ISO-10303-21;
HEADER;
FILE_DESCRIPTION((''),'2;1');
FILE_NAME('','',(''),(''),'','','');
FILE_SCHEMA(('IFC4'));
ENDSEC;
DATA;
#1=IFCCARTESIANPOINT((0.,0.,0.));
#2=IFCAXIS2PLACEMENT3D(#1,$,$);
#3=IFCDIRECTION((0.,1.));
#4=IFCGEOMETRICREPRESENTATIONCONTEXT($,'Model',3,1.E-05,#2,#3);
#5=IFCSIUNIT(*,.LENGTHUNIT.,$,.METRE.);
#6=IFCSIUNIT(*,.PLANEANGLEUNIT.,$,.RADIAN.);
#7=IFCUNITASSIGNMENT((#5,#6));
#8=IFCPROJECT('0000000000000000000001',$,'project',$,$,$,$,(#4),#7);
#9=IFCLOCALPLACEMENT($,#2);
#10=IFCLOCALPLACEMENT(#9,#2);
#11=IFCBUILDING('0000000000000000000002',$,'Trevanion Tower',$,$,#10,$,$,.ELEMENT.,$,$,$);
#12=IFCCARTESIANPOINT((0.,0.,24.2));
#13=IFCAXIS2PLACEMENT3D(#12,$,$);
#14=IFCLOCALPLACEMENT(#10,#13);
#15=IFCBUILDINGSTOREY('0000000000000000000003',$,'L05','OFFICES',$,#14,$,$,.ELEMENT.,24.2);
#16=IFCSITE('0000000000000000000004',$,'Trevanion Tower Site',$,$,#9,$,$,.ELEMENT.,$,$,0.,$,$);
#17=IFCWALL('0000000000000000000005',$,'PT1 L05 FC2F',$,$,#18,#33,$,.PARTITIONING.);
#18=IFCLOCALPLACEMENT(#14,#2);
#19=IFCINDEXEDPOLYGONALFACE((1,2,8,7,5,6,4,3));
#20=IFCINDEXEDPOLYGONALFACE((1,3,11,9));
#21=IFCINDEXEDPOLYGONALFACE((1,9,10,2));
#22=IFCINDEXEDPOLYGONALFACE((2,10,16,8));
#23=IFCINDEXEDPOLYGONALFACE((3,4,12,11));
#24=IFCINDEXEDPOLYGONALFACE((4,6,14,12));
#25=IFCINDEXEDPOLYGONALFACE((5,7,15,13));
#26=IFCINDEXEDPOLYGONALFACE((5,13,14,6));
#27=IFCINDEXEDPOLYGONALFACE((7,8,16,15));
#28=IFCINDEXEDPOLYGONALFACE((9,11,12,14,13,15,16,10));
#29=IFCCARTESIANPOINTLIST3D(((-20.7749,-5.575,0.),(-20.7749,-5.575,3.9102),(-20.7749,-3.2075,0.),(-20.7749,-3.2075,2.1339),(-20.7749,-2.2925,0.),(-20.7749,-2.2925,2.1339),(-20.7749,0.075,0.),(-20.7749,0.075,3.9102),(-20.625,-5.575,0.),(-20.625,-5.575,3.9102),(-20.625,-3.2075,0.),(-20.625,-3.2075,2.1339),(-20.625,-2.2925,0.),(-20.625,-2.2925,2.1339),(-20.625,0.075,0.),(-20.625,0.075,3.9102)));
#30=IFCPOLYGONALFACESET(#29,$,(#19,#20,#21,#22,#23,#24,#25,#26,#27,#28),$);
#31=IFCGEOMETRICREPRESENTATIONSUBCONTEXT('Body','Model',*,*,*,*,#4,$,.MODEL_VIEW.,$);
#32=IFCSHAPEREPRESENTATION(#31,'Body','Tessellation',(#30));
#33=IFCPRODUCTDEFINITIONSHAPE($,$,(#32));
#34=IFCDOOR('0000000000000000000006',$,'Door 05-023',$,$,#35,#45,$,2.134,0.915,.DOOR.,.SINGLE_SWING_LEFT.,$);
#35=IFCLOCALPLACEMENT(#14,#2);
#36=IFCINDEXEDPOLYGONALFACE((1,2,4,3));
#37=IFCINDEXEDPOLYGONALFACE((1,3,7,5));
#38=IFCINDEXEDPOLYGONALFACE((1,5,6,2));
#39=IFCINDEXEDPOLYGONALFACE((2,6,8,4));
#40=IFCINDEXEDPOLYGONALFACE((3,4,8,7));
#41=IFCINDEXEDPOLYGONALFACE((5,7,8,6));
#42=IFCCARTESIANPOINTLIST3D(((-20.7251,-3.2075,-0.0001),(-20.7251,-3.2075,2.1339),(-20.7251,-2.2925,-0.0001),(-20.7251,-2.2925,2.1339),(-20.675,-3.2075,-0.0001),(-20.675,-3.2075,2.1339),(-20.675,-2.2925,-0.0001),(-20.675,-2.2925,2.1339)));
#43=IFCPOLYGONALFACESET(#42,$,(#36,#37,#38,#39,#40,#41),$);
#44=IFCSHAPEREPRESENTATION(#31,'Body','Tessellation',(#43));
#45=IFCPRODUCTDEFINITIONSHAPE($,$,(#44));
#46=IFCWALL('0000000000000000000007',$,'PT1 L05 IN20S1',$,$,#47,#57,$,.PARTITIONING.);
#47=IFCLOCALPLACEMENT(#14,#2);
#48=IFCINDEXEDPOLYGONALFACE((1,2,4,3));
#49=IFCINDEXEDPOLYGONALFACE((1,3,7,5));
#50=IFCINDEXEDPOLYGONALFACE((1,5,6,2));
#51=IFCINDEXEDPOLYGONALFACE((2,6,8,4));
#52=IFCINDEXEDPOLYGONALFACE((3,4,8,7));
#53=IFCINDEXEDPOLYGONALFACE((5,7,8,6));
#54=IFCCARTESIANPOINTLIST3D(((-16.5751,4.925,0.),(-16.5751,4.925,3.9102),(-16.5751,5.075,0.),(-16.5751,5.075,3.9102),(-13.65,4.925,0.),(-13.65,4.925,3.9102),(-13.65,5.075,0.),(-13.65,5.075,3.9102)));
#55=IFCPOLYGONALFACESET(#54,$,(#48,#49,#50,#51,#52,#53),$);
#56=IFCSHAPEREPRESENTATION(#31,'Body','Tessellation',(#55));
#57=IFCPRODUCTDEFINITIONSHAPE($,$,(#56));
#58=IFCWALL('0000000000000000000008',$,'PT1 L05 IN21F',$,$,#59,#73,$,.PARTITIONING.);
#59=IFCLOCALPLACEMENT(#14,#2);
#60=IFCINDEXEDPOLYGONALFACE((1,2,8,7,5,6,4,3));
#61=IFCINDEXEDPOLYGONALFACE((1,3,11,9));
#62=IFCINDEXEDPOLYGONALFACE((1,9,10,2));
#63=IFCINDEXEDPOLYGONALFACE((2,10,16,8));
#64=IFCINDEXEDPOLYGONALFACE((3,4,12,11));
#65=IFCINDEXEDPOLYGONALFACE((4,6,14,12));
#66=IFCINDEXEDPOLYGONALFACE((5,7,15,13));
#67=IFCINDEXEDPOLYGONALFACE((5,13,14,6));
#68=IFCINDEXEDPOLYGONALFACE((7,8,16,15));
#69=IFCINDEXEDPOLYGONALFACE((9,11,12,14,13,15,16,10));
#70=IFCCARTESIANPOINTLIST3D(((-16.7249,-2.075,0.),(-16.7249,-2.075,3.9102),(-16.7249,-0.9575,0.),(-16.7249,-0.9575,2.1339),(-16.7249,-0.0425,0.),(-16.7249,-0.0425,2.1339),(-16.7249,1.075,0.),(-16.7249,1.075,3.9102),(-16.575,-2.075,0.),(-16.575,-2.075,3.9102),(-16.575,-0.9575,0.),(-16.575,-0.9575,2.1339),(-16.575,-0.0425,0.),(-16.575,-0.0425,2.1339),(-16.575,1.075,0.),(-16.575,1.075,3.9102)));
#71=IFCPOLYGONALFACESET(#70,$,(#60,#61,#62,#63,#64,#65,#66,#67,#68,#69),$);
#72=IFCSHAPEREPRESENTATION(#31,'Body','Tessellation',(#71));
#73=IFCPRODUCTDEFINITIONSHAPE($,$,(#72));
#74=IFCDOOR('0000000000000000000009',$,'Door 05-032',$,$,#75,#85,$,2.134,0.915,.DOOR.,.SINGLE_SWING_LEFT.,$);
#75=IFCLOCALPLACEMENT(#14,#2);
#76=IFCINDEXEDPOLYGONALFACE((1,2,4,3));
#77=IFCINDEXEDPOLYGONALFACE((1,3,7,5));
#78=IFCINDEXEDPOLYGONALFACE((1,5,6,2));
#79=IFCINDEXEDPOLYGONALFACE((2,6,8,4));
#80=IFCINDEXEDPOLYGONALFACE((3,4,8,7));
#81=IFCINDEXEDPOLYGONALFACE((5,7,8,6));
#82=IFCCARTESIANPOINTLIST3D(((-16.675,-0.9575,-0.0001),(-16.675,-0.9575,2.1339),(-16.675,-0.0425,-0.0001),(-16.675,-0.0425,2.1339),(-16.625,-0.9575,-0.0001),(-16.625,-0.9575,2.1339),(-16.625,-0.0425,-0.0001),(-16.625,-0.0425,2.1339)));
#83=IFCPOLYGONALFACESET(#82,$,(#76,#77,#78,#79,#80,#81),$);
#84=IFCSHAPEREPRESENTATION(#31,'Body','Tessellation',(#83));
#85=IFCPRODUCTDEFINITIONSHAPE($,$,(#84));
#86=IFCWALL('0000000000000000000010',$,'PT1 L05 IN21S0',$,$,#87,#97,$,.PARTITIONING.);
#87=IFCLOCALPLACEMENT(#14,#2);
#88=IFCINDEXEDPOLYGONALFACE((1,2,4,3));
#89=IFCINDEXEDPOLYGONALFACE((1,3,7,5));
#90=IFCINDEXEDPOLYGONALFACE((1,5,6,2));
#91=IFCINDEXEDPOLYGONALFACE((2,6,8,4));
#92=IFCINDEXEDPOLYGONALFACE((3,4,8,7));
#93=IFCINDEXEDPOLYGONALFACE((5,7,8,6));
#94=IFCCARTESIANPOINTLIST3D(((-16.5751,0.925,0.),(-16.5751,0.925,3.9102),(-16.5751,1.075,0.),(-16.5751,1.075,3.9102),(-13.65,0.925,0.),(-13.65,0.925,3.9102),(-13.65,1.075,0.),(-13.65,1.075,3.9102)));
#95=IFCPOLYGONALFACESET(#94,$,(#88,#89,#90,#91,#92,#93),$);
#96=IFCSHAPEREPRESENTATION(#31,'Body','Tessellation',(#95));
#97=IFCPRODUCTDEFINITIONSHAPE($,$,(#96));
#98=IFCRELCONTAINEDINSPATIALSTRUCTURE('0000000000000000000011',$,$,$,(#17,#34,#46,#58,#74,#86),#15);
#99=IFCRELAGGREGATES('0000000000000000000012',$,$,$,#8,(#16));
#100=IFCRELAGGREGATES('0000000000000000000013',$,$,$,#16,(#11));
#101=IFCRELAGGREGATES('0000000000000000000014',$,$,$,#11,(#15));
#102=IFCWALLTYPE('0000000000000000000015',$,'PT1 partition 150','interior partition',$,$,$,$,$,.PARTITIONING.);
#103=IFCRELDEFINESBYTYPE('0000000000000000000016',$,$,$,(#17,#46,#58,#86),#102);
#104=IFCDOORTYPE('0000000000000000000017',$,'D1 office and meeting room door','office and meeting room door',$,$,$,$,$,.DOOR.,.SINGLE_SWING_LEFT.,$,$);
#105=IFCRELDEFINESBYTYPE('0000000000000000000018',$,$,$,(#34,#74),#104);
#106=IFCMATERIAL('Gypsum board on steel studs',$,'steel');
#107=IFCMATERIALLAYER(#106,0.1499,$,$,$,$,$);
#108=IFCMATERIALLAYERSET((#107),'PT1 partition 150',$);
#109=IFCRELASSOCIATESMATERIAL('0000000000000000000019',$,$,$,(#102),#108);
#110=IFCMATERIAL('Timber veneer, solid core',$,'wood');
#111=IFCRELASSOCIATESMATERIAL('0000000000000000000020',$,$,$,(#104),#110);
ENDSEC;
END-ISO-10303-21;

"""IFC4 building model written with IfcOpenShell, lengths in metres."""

from ifc_helpers import new_model, si_unit, direction, frame, frame_2d, origin, place, context, subcontext, project, spatial, rectangle, extrude, material, layer, layer_set, type_object, element, fill, save


model = new_model("IFC4")

# Units and contexts
model_context = context("Model", 3, precision=1e-05, world=origin(), true_north=direction((0.0, 1.0)))
body_context = subcontext(model_context, "Body", "Model", "MODEL_VIEW")
ifc_project = project(units=[si_unit("LENGTHUNIT", "METRE"), si_unit("PLANEANGLEUNIT", "RADIAN")], contexts=[model_context])

# Site, building, storey
site_placement = place(None, origin())
site = spatial("IfcSite", under=ifc_project, at=site_placement, Name="Trevanion Tower Site", CompositionType="ELEMENT", RefElevation=0.0)
building_placement = place(site_placement, origin())
building = spatial("IfcBuilding", under=site, at=building_placement, Name="Trevanion Tower", CompositionType="ELEMENT")
storey_placement = place(building_placement, frame((0.0, 0.0, 24.2)))
storey = spatial("IfcBuildingStorey", under=building, at=storey_placement, Name="L05", Description="OFFICES", CompositionType="ELEMENT", Elevation=24.2)

# Wall, opening, door
ifc_material_1 = material(Name="Gypsum board on steel studs", Category="steel")
ifc_layer_1 = layer(ifc_material_1, 0.1499)
ifc_layer_set_1 = layer_set([ifc_layer_1], Name="PT1 partition 150")
wall_type = type_object("IfcWallType", Name="PT1 partition 150", Description="interior partition", PredefinedType="PARTITIONING", material=ifc_layer_set_1)
wall_1_placement = place(storey_placement, frame((-20.7, 0.075, 0.0), z_axis=(0.0, 0.0, 1.0), x_axis=(0.0, -1.0, 0.0)))
wall_1 = element("IfcWall", 1, at=wall_1_placement, inside=storey, type_object=wall_type, Name="PT1 L05 FC2F", PredefinedType="PARTITIONING", context=body_context, shape_type="SweptSolid", body=[
    extrude(rectangle(XDim=5.6499, YDim=0.1499, at=frame_2d((2.825, 0.0))), origin(), (0.0, 0.0, 1.0), 3.9102),
])
opening_1_placement = place(wall_1_placement, frame((2.3674, 0.0, 0.0)))
opening_1 = element("IfcOpeningElement", 2, at=opening_1_placement, cuts=wall_1, PredefinedType="OPENING", context=body_context, shape_type="SweptSolid", body=[
    extrude(rectangle(XDim=0.915, YDim=2.134, at=frame_2d((0.4575, 1.0669))), frame((0.0, 0.085, 0.0), z_axis=(0.0, -1.0, 0.0), x_axis=(1.0, 0.0, 0.0)), (0.0, 0.0, 1.0), 0.1699),
])
ifc_material_2 = material(Name="Timber veneer, solid core", Category="wood")
door_type = type_object("IfcDoorType", Name="D1 office and meeting room door", Description="office and meeting room door", OperationType="SINGLE_SWING_LEFT", PredefinedType="DOOR", material=ifc_material_2)
door_1_placement = place(opening_1_placement, origin())
door_1 = element("IfcDoor", 3, at=door_1_placement, inside=storey, type_object=door_type, Name="Door 05-023", OperationType="SINGLE_SWING_LEFT", OverallHeight=2.134, OverallWidth=0.915, PredefinedType="DOOR", context=body_context, shape_type="SweptSolid", body=[
    extrude(rectangle(XDim=0.915, YDim=2.134, at=frame_2d((0.4575, 1.0669))), frame((0.0, 0.0249, 0.0), z_axis=(0.0, -1.0, 0.0), x_axis=(1.0, 0.0, 0.0)), (0.0, 0.0, 1.0), 0.05),
])
fill(opening_1, door_1)

# Wall
wall_2_placement = place(storey_placement, frame((-16.575, 5.0, 0.0), z_axis=(0.0, 0.0, 1.0), x_axis=(1.0, 0.0, 0.0)))
element("IfcWall", 4, at=wall_2_placement, inside=storey, type_object=wall_type, Name="PT1 L05 IN20S1", PredefinedType="PARTITIONING", context=body_context, shape_type="SweptSolid", body=[
    extrude(rectangle(XDim=2.925, YDim=0.1499, at=frame_2d((1.4624, 0.0))), origin(), (0.0, 0.0, 1.0), 3.9102),
])

# Wall, opening, door
wall_3_placement = place(storey_placement, frame((-16.6499, 1.075, 0.0), z_axis=(0.0, 0.0, 1.0), x_axis=(0.0, -1.0, 0.0)))
wall_3 = element("IfcWall", 5, at=wall_3_placement, inside=storey, type_object=wall_type, Name="PT1 L05 IN21F", PredefinedType="PARTITIONING", context=body_context, shape_type="SweptSolid", body=[
    extrude(rectangle(XDim=3.1499, YDim=0.1499, at=frame_2d((1.575, 0.0))), origin(), (0.0, 0.0, 1.0), 3.9102),
])
opening_2_placement = place(wall_3_placement, frame((1.1174, 0.0, 0.0)))
opening_2 = element("IfcOpeningElement", 6, at=opening_2_placement, cuts=wall_3, PredefinedType="OPENING", context=body_context, shape_type="SweptSolid", body=[
    extrude(rectangle(XDim=0.915, YDim=2.134, at=frame_2d((0.4575, 1.0669))), frame((0.0, 0.085, 0.0), z_axis=(0.0, -1.0, 0.0), x_axis=(1.0, 0.0, 0.0)), (0.0, 0.0, 1.0), 0.1699),
])
door_2_placement = place(opening_2_placement, origin())
door_2 = element("IfcDoor", 7, at=door_2_placement, inside=storey, type_object=door_type, Name="Door 05-032", OperationType="SINGLE_SWING_LEFT", OverallHeight=2.134, OverallWidth=0.915, PredefinedType="DOOR", context=body_context, shape_type="SweptSolid", body=[
    extrude(rectangle(XDim=0.915, YDim=2.134, at=frame_2d((0.4575, 1.0669))), frame((0.0, 0.0249, 0.0), z_axis=(0.0, -1.0, 0.0), x_axis=(1.0, 0.0, 0.0)), (0.0, 0.0, 1.0), 0.05),
])
fill(opening_2, door_2)

# Wall
wall_4_placement = place(storey_placement, frame((-16.575, 1.0, 0.0), z_axis=(0.0, 0.0, 1.0), x_axis=(1.0, 0.0, 0.0)))
element("IfcWall", 8, at=wall_4_placement, inside=storey, type_object=wall_type, Name="PT1 L05 IN21S0", PredefinedType="PARTITIONING", context=body_context, shape_type="SweptSolid", body=[
    extrude(rectangle(XDim=2.925, YDim=0.1499, at=frame_2d((1.4624, 0.0))), origin(), (0.0, 0.0, 1.0), 3.9102),
])

save(model, "model.ifc")
